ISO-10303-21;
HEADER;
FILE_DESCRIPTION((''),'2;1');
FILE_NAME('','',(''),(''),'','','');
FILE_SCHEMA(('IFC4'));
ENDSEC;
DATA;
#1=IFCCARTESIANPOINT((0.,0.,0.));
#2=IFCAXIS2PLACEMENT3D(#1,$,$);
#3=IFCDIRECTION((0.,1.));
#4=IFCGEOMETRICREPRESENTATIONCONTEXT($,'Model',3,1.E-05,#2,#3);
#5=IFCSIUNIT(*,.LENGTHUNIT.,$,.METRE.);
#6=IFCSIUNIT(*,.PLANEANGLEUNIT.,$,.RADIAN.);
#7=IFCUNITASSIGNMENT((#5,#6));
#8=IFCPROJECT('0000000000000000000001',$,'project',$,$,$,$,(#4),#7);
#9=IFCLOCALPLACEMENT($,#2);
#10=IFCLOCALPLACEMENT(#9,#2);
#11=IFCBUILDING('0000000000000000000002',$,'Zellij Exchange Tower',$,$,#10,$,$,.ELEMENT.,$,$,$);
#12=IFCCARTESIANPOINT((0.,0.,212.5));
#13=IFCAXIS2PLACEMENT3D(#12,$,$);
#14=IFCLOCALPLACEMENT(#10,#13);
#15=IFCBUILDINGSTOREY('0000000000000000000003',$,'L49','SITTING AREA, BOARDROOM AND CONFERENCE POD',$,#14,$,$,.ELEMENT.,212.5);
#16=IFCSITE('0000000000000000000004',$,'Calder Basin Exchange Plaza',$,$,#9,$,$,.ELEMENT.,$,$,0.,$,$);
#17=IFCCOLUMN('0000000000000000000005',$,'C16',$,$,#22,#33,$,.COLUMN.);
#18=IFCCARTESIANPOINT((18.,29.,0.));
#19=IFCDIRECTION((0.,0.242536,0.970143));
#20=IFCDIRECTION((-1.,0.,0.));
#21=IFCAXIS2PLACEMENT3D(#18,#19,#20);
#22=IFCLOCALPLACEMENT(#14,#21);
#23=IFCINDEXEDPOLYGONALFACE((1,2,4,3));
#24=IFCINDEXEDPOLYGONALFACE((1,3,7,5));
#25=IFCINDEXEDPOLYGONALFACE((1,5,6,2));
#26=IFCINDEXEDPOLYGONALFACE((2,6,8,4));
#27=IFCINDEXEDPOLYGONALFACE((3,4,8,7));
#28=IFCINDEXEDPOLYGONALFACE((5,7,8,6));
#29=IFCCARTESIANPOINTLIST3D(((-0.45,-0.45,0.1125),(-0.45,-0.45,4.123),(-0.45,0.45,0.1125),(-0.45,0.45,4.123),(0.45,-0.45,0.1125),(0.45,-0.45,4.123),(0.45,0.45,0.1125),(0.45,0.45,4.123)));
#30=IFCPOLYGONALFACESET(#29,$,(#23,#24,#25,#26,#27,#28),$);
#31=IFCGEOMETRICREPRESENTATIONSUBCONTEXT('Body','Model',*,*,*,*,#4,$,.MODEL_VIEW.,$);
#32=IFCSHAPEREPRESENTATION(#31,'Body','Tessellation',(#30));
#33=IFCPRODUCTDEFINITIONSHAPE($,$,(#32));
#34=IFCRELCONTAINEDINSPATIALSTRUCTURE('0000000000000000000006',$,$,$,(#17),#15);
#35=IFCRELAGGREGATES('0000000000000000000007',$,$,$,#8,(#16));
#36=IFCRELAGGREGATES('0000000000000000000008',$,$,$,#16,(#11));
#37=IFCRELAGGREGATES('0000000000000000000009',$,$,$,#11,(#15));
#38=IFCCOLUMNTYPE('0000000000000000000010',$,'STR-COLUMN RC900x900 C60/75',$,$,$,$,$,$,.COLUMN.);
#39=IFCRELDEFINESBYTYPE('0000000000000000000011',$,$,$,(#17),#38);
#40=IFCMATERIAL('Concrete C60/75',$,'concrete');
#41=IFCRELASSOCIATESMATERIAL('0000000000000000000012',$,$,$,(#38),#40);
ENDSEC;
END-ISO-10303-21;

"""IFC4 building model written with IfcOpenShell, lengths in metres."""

from ifc_helpers import new_model, si_unit, direction, frame, origin, origin_2d, place, context, subcontext, project, spatial, rectangle, extrude, clip, halfspace, material, material_profile, profile_set, type_object, element, save


model = new_model("IFC4")

# Units and contexts
model_context = context("Model", 3, precision=1e-05, world=origin(), true_north=direction((0.0, 1.0)))
body_context = subcontext(model_context, "Body", "Model", "MODEL_VIEW")
ifc_project = project(units=[si_unit("LENGTHUNIT", "METRE"), si_unit("PLANEANGLEUNIT", "RADIAN")], contexts=[model_context])

# Site, building, storey
site_placement = place(None, origin())
site = spatial("IfcSite", under=ifc_project, at=site_placement, Name="Calder Basin Exchange Plaza", CompositionType="ELEMENT", RefElevation=0.0)
building_placement = place(site_placement, origin())
building = spatial("IfcBuilding", under=site, at=building_placement, Name="Zellij Exchange Tower", CompositionType="ELEMENT")
storey_placement = place(building_placement, frame((0.0, 0.0, 212.5)))
storey = spatial("IfcBuildingStorey", under=building, at=storey_placement, Name="L49", Description="SITTING AREA, BOARDROOM AND CONFERENCE POD", CompositionType="ELEMENT", Elevation=212.5)

# Column
ifc_material_1 = material(Name="Concrete C60/75", Category="concrete")
ifc_material_profile_1 = material_profile(ifc_material_1, rectangle(XDim=0.8999, YDim=0.8999, at=origin_2d()), Name="STR-COLUMN RC900x900 C60/75")
ifc_profile_set_1 = profile_set([ifc_material_profile_1], Name="Concrete C60/75")
column_type_1 = type_object("IfcColumnType", Name="STR-COLUMN RC900x900 C60/75", PredefinedType="COLUMN", material=ifc_profile_set_1)
column_placement = place(storey_placement, frame((18.0, 29.0, 0.0), z_axis=(0.0, 0.242536, 0.970143), x_axis=(-1.0, 0.0, 0.0)))
element("IfcColumn", 1, at=column_placement, inside=storey, type_object=column_type_1, Name="C16", PredefinedType="COLUMN", context=body_context, shape_type="Clipping", body=[
    clip(extrude(rectangle(XDim=0.8999, YDim=0.8999, at=origin_2d()), origin(), (0.0, 0.0, 1.0), 4.123), halfspace(frame((0.0, 0.0, 0.1125)), True)),
])

save(model, "model.ifc")
